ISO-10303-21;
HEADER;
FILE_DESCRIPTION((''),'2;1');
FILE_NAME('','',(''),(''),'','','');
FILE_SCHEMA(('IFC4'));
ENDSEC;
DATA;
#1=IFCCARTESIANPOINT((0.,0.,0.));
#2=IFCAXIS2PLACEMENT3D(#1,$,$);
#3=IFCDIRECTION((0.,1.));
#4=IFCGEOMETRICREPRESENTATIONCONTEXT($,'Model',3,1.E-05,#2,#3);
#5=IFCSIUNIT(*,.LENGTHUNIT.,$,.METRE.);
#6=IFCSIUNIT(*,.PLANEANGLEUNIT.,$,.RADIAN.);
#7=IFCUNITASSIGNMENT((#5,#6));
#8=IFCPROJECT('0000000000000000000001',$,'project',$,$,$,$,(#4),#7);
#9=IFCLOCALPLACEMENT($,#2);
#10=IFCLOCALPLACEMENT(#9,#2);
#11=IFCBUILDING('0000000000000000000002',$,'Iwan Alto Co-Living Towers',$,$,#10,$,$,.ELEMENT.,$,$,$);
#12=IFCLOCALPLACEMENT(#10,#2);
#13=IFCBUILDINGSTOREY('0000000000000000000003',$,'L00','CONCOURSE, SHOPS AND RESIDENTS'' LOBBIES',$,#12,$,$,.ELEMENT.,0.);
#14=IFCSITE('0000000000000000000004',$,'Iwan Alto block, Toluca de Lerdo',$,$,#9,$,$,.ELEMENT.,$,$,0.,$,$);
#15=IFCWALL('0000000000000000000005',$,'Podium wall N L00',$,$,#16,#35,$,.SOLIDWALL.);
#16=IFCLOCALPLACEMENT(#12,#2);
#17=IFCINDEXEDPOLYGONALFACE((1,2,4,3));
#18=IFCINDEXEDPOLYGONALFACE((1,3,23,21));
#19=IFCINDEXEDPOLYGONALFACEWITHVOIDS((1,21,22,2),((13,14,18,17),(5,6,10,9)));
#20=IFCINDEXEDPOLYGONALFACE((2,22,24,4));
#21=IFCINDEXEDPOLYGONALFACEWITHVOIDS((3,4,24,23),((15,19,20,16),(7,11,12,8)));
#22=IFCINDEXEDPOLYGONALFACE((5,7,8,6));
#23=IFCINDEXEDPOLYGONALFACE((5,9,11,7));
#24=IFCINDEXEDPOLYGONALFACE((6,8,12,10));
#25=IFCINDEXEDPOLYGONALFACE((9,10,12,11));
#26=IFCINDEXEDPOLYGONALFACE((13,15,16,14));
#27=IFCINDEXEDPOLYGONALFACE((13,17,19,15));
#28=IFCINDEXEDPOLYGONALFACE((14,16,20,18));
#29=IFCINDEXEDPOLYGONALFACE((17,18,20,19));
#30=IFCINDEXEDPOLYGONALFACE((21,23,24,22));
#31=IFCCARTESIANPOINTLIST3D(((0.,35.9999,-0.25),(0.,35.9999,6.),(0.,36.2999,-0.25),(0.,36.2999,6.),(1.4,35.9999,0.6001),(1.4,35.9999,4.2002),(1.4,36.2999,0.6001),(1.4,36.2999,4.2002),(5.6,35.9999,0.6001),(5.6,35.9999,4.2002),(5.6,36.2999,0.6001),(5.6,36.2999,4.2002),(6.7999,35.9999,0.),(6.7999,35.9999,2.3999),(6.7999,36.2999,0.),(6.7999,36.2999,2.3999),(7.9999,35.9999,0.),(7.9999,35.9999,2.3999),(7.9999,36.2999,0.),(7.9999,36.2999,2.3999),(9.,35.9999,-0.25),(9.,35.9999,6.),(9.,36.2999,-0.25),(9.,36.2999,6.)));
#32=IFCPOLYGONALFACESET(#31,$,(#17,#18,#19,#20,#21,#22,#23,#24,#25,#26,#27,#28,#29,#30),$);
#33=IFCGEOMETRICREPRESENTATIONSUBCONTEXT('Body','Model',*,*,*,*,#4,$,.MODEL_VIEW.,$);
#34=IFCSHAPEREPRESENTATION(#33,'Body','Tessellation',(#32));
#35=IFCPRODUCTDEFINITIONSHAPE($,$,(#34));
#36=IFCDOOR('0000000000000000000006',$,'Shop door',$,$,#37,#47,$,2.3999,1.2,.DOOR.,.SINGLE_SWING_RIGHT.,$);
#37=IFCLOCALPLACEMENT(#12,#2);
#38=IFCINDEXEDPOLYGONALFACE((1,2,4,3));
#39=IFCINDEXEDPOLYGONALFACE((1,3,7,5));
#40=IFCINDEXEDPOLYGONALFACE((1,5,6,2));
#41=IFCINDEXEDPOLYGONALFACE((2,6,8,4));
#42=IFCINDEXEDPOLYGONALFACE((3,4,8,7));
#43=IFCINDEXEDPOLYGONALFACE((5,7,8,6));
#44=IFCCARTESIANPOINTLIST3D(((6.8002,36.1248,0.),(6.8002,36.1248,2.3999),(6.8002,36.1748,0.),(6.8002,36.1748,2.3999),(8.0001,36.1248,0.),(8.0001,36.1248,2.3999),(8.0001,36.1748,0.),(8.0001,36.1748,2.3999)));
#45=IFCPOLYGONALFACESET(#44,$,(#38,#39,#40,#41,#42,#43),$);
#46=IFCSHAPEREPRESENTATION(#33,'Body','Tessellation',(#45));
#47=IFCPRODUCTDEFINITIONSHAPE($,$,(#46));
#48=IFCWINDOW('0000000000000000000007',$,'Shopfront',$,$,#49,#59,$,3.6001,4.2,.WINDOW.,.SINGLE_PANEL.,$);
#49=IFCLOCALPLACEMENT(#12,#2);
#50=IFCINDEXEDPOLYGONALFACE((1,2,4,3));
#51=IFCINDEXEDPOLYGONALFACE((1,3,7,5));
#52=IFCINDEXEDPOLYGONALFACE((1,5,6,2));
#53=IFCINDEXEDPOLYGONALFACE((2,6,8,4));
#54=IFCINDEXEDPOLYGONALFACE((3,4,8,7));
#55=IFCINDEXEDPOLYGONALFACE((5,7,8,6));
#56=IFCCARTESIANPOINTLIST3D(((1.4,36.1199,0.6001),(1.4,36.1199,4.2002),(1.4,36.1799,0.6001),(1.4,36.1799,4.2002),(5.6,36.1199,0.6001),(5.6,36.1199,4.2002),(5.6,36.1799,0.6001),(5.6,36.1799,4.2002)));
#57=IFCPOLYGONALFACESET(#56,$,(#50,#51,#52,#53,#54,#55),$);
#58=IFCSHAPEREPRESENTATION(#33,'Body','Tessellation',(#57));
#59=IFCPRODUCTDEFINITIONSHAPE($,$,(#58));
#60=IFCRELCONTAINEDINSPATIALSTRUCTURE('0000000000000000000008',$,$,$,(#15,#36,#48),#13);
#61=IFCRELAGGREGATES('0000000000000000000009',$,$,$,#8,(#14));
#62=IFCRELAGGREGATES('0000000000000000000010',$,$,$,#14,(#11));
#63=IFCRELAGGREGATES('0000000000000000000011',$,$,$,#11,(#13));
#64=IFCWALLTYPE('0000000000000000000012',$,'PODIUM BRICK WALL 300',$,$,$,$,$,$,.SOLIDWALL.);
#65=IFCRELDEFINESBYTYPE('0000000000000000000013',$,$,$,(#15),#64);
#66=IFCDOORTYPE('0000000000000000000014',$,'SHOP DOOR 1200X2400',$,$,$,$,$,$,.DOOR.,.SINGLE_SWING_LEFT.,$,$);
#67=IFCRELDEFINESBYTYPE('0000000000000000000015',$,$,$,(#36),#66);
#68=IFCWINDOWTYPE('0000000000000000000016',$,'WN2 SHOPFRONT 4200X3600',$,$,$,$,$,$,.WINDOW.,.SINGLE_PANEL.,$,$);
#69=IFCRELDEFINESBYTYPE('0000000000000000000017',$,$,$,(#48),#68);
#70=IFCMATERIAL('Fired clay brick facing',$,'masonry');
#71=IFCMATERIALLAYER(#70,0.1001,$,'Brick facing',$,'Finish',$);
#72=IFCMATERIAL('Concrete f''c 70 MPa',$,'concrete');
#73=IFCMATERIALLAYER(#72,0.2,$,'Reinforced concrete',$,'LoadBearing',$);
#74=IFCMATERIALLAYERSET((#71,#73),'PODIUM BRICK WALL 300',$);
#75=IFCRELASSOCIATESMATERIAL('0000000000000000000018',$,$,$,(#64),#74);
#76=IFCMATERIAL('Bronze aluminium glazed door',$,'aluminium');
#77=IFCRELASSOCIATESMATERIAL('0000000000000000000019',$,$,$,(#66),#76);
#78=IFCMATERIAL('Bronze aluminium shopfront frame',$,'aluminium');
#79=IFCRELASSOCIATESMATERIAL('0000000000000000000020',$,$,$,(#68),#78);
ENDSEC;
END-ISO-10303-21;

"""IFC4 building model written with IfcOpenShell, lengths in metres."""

from ifc_helpers import new_model, si_unit, direction, frame, frame_2d, origin, place, context, subcontext, project, spatial, rectangle, extrude, material, layer, layer_set, type_object, element, fill, save


model = new_model("IFC4")

# Units and contexts
model_context = context("Model", 3, precision=1e-05, world=origin(), true_north=direction((0.0, 1.0)))
body_context = subcontext(model_context, "Body", "Model", "MODEL_VIEW")
ifc_project = project(units=[si_unit("LENGTHUNIT", "METRE"), si_unit("PLANEANGLEUNIT", "RADIAN")], contexts=[model_context])

# Site, building, storey
site_placement = place(None, origin())
site = spatial("IfcSite", under=ifc_project, at=site_placement, Name="Iwan Alto block, Toluca de Lerdo", CompositionType="ELEMENT", RefElevation=0.0)
building_placement = place(site_placement, origin())
building = spatial("IfcBuilding", under=site, at=building_placement, Name="Iwan Alto Co-Living Towers", CompositionType="ELEMENT")
storey_placement = place(building_placement, origin())
storey = spatial("IfcBuildingStorey", under=building, at=storey_placement, Name="L00", Description="CONCOURSE, SHOPS AND RESIDENTS' LOBBIES", CompositionType="ELEMENT", Elevation=0.0)

# Wall, openings, door, window
ifc_material_1 = material(Name="Fired clay brick facing", Category="masonry")
ifc_layer_1 = layer(ifc_material_1, 0.1001, Name="Brick facing", Category="Finish")
ifc_material_2 = material(Name="Concrete f'c 70 MPa", Category="concrete")
ifc_layer_2 = layer(ifc_material_2, 0.2, Name="Reinforced concrete", Category="LoadBearing")
ifc_layer_set = layer_set([ifc_layer_1, ifc_layer_2], Name="PODIUM BRICK WALL 300")
wall_type = type_object("IfcWallType", Name="PODIUM BRICK WALL 300", PredefinedType="SOLIDWALL", material=ifc_layer_set)
ifc_material_3 = material(Name="Bronze aluminium glazed door", Category="aluminium")
door_type = type_object("IfcDoorType", Name="SHOP DOOR 1200X2400", OperationType="SINGLE_SWING_LEFT", PredefinedType="DOOR", material=ifc_material_3)
ifc_material_4 = material(Name="Bronze aluminium shopfront frame", Category="aluminium")
window_type = type_object("IfcWindowType", Name="WN2 SHOPFRONT 4200X3600", PartitioningType="SINGLE_PANEL", PredefinedType="WINDOW", material=ifc_material_4)
wall_1_placement = place(storey_placement, frame((9.0, 36.1499, -0.25), z_axis=(0.0, 0.0, 1.0), x_axis=(-1.0, 0.0, 0.0)))
wall_1 = element("IfcWall", 1, at=wall_1_placement, inside=storey, type_object=wall_type, Name="Podium wall N L00", PredefinedType="SOLIDWALL", context=body_context, shape_type="SweptSolid", body=[
    extrude(rectangle(XDim=9.0, YDim=0.3, at=frame_2d((4.5, 0.0))), origin(), (0.0, 0.0, 1.0), 6.25),
])
opening_1_placement = place(wall_1_placement, frame((1.0, 0.0, 0.25)))
opening_1 = element("IfcOpeningElement", 2, at=opening_1_placement, cuts=wall_1, PredefinedType="OPENING", context=body_context, shape_type="SweptSolid", body=[
    extrude(rectangle(XDim=1.2, YDim=2.3999, at=frame_2d((0.6001, 1.2))), frame((0.0, 0.1599, 0.0), z_axis=(0.0, -1.0, 0.0), x_axis=(1.0, 0.0, 0.0)), (0.0, 0.0, 1.0), 0.3201),
])
opening_2_placement = place(wall_1_placement, frame((3.3999, 0.0, 0.8501)))
opening_2 = element("IfcOpeningElement", 3, at=opening_2_placement, cuts=wall_1, PredefinedType="OPENING", context=body_context, shape_type="SweptSolid", body=[
    extrude(rectangle(XDim=4.2, YDim=3.6001, at=frame_2d((2.1001, 1.8))), frame((0.0, 0.1599, 0.0), z_axis=(0.0, -1.0, 0.0), x_axis=(1.0, 0.0, 0.0)), (0.0, 0.0, 1.0), 0.3201),
])
door_1_placement = place(opening_1_placement, frame((1.2, 0.0, 0.0), z_axis=(0.0, 0.0, 1.0), x_axis=(-1.0, 0.0, 0.0)))
door_1 = element("IfcDoor", 4, at=door_1_placement, inside=storey, type_object=door_type, Name="Shop door", OperationType="SINGLE_SWING_RIGHT", OverallHeight=2.3999, OverallWidth=1.2, PredefinedType="DOOR", context=body_context, shape_type="SweptSolid", body=[
    extrude(rectangle(XDim=1.2, YDim=2.3999, at=frame_2d((0.6001, 1.2))), frame((0.0, 0.0249, 0.0), z_axis=(0.0, -1.0, 0.0), x_axis=(1.0, 0.0, 0.0)), (0.0, 0.0, 1.0), 0.05),
])
fill(opening_1, door_1)
window_1_placement = place(opening_2_placement, origin())
window_1 = element("IfcWindow", 5, at=window_1_placement, inside=storey, type_object=window_type, Name="Shopfront", OverallHeight=3.6001, OverallWidth=4.2, PartitioningType="SINGLE_PANEL", PredefinedType="WINDOW", context=body_context, shape_type="SweptSolid", body=[
    extrude(rectangle(XDim=4.2, YDim=3.6001, at=frame_2d((2.1001, 1.8))), frame((0.0, 0.03, 0.0), z_axis=(0.0, -1.0, 0.0), x_axis=(1.0, 0.0, 0.0)), (0.0, 0.0, 1.0), 0.0601),
])
fill(opening_2, window_1)

save(model, "model.ifc")
